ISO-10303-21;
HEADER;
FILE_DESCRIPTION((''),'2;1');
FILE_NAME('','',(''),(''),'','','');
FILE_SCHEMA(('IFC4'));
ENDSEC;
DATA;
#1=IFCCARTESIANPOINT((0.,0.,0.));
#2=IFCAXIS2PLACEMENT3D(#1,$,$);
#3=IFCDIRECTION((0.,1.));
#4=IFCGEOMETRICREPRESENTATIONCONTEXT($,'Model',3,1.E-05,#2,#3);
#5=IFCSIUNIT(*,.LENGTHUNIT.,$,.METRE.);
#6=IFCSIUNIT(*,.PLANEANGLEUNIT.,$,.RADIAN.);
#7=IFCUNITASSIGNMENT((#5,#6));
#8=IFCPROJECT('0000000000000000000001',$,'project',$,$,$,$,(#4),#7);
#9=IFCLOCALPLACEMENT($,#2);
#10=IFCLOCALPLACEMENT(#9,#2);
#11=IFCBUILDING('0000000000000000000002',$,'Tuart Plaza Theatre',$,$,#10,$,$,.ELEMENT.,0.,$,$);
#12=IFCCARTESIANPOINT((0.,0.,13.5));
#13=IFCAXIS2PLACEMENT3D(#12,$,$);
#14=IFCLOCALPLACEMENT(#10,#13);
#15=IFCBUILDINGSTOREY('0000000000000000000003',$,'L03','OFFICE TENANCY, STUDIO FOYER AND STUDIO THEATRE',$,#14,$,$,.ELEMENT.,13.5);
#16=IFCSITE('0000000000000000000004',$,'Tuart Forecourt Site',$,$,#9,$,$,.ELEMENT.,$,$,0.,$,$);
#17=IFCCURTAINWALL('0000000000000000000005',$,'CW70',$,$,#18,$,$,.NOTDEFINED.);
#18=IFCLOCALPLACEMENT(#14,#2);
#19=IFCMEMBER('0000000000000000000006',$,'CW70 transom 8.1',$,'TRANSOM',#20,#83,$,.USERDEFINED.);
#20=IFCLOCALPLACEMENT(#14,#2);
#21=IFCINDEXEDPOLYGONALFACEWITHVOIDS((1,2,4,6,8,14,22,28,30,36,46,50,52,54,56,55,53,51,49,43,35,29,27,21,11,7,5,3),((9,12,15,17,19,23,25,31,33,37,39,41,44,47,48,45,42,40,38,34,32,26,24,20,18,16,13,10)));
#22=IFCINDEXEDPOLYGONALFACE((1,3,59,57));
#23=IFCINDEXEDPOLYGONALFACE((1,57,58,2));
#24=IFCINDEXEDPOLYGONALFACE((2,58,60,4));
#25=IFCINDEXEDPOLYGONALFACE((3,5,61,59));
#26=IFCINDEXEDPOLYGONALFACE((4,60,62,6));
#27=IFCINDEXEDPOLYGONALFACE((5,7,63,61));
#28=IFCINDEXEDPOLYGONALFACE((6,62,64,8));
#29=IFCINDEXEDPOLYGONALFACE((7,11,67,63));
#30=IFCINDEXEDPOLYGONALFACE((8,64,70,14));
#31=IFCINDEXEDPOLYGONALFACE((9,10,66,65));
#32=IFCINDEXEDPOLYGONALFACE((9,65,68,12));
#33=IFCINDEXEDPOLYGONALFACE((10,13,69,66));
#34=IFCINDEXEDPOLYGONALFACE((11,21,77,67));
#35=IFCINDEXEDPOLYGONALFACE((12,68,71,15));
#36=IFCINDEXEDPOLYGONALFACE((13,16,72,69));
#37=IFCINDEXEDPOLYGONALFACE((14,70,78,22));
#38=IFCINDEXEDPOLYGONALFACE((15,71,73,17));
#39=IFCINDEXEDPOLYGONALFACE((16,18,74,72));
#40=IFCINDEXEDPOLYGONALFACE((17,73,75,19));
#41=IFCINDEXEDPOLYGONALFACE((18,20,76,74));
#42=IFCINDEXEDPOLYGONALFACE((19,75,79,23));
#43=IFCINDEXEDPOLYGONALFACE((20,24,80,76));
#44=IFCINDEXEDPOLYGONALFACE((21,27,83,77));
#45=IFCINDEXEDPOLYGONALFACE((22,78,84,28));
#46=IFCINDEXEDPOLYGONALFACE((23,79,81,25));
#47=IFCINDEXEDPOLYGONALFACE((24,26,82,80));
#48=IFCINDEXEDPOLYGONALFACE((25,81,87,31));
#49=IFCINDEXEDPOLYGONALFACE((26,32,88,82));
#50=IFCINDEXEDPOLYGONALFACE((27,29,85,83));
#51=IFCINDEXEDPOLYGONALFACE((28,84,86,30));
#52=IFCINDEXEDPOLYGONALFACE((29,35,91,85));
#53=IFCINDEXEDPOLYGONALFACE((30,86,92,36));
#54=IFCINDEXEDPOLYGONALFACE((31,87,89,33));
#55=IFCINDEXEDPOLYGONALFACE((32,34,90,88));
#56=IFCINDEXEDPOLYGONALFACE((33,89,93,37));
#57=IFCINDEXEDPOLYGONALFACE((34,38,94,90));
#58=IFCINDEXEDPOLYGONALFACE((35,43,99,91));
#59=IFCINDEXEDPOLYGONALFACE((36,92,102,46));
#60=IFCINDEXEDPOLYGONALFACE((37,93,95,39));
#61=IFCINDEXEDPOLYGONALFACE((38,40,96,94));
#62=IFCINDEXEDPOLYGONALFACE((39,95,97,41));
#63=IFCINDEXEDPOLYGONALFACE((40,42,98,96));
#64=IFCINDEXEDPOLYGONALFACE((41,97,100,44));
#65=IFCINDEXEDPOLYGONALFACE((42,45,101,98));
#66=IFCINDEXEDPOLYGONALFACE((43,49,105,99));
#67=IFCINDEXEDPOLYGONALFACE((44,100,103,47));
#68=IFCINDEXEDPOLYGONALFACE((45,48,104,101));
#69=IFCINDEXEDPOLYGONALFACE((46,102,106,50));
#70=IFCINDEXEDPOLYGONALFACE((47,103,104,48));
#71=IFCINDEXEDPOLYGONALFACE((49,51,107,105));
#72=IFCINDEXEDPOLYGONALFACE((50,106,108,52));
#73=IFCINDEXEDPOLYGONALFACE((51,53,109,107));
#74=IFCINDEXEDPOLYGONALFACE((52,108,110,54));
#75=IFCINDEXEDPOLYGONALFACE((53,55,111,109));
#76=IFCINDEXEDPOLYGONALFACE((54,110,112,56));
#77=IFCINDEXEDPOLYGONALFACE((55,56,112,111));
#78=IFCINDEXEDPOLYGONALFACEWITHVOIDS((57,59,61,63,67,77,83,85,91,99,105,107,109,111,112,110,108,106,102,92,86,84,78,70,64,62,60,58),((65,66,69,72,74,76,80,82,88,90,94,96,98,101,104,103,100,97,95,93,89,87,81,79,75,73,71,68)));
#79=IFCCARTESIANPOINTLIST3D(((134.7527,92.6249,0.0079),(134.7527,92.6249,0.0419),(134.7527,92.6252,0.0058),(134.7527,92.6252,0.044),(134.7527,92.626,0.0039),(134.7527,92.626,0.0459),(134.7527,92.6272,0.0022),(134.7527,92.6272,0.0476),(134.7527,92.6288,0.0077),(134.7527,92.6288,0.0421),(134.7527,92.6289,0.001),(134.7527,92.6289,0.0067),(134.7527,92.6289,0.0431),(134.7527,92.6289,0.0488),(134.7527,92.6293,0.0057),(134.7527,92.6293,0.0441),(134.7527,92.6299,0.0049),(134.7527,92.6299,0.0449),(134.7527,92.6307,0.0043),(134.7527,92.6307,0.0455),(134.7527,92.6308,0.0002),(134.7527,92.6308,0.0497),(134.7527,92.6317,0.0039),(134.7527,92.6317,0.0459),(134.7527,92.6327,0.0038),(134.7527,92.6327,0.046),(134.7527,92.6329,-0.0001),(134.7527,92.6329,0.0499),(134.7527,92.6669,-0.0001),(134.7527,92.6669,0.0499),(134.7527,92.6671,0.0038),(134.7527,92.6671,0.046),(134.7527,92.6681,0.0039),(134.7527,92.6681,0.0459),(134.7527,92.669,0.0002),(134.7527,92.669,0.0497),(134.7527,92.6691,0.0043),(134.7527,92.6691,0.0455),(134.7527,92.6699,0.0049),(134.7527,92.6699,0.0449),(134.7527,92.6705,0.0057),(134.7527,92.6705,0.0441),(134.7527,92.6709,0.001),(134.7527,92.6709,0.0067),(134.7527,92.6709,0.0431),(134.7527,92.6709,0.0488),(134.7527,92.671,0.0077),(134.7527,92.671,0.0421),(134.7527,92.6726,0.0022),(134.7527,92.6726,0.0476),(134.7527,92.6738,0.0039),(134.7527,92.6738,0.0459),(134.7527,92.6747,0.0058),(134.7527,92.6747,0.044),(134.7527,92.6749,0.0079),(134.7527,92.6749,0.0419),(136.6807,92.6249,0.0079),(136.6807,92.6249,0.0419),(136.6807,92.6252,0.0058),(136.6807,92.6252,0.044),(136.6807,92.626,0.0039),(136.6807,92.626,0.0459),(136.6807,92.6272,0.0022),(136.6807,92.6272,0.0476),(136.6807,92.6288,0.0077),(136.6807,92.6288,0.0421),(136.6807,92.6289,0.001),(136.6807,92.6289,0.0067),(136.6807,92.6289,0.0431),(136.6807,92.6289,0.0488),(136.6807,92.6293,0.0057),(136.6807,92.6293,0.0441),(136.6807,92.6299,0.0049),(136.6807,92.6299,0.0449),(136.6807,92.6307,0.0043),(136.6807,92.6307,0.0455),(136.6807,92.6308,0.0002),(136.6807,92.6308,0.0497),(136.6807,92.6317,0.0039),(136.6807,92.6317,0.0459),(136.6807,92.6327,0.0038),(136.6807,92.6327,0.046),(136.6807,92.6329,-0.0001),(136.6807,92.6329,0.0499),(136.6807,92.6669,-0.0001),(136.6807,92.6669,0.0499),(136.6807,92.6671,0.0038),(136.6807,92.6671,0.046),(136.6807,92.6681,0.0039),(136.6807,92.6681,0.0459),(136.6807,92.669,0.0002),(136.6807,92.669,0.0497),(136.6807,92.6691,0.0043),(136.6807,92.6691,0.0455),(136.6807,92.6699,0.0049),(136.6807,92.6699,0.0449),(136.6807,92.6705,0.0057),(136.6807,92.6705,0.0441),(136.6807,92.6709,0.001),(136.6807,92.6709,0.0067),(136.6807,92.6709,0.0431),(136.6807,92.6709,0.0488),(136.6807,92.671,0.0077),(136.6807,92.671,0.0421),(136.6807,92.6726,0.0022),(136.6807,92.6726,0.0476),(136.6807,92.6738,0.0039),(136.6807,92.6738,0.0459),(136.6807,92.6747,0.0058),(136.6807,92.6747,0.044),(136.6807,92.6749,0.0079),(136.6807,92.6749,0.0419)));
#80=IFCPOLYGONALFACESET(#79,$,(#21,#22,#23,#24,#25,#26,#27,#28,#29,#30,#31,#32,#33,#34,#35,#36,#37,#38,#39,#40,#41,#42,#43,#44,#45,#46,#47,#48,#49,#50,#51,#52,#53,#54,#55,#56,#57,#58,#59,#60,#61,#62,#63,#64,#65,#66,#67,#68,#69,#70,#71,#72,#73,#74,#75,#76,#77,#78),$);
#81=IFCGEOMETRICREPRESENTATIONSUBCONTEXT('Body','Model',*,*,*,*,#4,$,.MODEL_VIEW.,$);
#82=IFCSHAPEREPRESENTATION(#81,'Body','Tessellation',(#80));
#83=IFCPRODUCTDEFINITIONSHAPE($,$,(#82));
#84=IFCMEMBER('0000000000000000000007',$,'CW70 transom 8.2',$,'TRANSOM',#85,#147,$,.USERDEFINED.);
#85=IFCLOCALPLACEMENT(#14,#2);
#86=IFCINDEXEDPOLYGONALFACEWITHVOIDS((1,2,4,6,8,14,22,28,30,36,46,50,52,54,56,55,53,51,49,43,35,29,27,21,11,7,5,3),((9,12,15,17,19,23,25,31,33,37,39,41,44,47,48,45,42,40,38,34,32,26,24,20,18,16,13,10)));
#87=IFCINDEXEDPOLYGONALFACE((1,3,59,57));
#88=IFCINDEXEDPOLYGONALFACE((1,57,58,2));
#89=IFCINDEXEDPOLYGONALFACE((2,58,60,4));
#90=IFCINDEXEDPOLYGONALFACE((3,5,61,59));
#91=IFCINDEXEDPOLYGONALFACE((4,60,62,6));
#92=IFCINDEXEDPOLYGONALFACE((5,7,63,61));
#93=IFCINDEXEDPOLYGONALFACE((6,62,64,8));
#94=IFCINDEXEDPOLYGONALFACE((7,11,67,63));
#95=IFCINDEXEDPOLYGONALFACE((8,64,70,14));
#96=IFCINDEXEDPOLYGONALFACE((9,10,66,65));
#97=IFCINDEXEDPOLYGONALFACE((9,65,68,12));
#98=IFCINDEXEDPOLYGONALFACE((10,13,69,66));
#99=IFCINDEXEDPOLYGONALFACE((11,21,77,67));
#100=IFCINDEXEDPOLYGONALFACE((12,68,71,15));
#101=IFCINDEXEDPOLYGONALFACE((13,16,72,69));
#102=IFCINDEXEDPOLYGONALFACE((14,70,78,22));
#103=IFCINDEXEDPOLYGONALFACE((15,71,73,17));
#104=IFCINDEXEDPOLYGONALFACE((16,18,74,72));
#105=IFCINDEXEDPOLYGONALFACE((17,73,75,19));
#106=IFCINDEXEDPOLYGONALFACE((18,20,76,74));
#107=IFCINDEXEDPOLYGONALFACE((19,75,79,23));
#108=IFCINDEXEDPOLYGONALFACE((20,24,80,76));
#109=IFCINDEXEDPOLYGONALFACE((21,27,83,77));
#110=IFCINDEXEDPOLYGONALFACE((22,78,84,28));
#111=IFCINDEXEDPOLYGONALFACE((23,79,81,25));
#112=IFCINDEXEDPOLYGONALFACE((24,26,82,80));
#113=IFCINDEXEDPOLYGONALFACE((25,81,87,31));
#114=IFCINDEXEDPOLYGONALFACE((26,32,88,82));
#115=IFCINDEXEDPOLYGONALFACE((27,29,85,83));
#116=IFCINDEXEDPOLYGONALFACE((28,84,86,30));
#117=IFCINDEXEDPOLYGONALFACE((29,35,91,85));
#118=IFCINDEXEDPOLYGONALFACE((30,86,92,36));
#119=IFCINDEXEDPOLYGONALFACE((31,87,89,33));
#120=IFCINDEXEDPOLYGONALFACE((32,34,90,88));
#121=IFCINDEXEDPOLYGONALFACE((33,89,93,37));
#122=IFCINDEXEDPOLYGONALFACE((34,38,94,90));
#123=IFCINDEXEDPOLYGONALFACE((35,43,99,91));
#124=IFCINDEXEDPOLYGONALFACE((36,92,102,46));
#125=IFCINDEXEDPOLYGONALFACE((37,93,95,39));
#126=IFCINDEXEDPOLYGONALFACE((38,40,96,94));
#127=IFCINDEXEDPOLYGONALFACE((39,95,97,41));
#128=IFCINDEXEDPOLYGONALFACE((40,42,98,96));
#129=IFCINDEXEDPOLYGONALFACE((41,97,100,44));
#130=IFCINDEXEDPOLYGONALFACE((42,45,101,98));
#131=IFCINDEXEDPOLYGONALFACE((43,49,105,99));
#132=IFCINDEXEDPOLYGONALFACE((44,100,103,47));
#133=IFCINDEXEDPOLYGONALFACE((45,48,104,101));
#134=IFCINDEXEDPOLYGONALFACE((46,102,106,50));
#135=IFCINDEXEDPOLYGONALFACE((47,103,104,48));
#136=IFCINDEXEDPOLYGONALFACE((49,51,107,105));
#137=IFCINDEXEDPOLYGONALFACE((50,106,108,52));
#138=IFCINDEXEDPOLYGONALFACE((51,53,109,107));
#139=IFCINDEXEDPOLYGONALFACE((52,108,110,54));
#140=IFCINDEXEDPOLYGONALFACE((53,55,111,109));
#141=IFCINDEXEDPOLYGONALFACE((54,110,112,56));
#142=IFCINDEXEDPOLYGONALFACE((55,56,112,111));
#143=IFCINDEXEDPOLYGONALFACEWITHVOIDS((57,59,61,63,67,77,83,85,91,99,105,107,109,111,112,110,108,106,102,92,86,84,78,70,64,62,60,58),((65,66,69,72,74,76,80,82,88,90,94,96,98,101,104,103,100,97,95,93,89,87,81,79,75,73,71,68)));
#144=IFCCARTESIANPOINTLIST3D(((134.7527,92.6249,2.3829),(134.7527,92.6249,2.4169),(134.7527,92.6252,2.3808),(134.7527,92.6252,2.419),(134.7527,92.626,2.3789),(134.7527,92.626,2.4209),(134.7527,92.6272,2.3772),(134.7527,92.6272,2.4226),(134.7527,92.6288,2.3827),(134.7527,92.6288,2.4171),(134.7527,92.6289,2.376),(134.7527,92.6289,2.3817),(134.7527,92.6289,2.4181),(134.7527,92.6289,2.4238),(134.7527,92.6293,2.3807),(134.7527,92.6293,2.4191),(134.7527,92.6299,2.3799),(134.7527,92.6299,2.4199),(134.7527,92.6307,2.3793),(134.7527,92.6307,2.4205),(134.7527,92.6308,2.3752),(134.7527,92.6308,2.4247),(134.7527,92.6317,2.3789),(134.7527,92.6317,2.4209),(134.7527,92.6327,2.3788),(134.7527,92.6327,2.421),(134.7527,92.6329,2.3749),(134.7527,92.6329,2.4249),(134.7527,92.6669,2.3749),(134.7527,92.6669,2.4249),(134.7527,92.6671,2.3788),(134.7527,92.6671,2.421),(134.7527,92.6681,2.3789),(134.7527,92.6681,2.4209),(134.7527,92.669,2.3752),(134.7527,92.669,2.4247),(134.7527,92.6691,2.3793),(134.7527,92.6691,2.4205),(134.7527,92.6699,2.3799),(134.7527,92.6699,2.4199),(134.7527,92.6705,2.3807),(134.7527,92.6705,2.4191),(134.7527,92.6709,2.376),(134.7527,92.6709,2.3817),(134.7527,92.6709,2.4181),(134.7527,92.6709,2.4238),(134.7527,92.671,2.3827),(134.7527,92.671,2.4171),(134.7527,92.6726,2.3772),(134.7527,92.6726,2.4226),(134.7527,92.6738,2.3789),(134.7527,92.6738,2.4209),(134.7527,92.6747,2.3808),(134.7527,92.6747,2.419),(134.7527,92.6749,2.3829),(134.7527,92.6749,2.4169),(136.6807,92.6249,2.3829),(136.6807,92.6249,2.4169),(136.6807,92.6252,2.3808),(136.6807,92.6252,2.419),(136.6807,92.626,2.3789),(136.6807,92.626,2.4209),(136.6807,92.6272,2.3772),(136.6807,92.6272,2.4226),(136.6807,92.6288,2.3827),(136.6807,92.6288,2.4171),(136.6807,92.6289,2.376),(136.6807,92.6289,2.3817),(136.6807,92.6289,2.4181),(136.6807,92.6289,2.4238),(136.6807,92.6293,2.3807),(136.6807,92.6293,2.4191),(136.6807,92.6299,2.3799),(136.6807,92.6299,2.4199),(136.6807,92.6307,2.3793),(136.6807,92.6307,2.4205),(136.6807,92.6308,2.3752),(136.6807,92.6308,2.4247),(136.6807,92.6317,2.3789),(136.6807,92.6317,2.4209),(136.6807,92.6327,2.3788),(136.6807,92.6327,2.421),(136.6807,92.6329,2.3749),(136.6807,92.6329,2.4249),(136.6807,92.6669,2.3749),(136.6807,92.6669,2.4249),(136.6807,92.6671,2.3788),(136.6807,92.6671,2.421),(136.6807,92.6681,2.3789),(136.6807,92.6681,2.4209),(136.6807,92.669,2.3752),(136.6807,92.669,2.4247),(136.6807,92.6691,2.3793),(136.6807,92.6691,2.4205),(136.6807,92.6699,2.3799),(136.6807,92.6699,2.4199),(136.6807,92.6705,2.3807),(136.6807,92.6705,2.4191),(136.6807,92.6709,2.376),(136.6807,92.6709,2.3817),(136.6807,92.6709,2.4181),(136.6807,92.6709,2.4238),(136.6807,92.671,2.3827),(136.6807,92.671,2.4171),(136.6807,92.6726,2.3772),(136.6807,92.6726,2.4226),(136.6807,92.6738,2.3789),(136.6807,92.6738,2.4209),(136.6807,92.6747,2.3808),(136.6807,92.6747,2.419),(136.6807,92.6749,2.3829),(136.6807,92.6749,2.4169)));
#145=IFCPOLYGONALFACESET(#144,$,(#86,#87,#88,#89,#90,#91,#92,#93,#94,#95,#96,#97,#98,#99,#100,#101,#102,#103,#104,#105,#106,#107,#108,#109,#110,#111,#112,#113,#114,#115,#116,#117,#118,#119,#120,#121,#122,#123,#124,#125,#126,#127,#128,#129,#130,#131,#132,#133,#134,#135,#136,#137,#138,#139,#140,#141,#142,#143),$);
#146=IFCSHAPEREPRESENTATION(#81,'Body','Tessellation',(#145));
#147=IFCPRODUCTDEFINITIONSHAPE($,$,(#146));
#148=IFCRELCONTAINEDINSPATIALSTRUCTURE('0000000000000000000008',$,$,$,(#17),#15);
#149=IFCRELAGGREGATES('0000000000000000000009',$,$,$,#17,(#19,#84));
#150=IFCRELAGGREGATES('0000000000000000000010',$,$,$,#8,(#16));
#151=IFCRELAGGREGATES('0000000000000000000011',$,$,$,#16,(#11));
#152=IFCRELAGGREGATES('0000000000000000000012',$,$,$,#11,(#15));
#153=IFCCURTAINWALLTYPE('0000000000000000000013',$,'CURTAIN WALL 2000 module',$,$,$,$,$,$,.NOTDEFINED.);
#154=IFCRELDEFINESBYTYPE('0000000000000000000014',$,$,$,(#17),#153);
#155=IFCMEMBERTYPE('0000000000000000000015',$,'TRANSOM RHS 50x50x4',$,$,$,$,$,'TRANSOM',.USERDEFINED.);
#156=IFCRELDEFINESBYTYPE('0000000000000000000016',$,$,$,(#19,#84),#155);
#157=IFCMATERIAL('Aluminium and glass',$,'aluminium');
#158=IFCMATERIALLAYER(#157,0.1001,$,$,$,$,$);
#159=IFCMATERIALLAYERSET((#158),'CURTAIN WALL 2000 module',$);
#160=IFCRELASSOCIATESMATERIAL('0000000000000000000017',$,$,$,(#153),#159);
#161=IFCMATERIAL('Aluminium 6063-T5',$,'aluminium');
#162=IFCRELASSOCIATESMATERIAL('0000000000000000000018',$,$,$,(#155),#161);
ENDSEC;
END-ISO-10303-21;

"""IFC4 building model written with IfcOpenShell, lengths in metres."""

from ifc_helpers import new_model, si_unit, direction, frame, origin, origin_2d, place, context, subcontext, project, spatial, hollow_rectangle, extrude, material, layer, layer_set, material_profile, profile_set, type_object, element, aggregate, save


model = new_model("IFC4")

# Units and contexts
model_context = context("Model", 3, precision=1e-05, world=origin(), true_north=direction((0.0, 1.0)))
body_context = subcontext(model_context, "Body", "Model", "MODEL_VIEW")
ifc_project = project(units=[si_unit("LENGTHUNIT", "METRE"), si_unit("PLANEANGLEUNIT", "RADIAN")], contexts=[model_context])

# Site, building, storey
site_placement = place(None, origin())
site = spatial("IfcSite", under=ifc_project, at=site_placement, Name="Tuart Forecourt Site", CompositionType="ELEMENT", RefElevation=0.0)
building_placement = place(site_placement, origin())
building = spatial("IfcBuilding", under=site, at=building_placement, Name="Tuart Plaza Theatre", CompositionType="ELEMENT", ElevationOfRefHeight=0.0)
storey_placement = place(building_placement, frame((0.0, 0.0, 13.5)))
storey = spatial("IfcBuildingStorey", under=building, at=storey_placement, Name="L03", Description="OFFICE TENANCY, STUDIO FOYER AND STUDIO THEATRE", CompositionType="ELEMENT", Elevation=13.5)

# Curtain wall, members
ifc_material_1 = material(Name="Aluminium and glass", Category="aluminium")
ifc_layer_1 = layer(ifc_material_1, 0.1001)
ifc_layer_set_1 = layer_set([ifc_layer_1], Name="CURTAIN WALL 2000 module")
curtain_wall_type = type_object("IfcCurtainWallType", Name="CURTAIN WALL 2000 module", PredefinedType="NOTDEFINED", material=ifc_layer_set_1)
curtain_wall_placement = place(storey_placement, origin())
curtain_wall = element("IfcCurtainWall", 1, at=curtain_wall_placement, inside=storey, type_object=curtain_wall_type, Name="CW70", PredefinedType="NOTDEFINED")
ifc_material_2 = material(Name="Aluminium 6063-T5", Category="aluminium")
ifc_material_profile_1 = material_profile(ifc_material_2, hollow_rectangle(XDim=0.05, YDim=0.05, WallThickness=0.0039, InnerFilletRadius=0.0039, OuterFilletRadius=0.0081, at=origin_2d()), Name="RHS 50x50x4")
ifc_profile_set_1 = profile_set([ifc_material_profile_1], Name="Aluminium 6063-T5")
member_type_1 = type_object("IfcMemberType", Name="TRANSOM RHS 50x50x4", ElementType="TRANSOM", PredefinedType="USERDEFINED", material=ifc_profile_set_1)
member_1_placement = place(storey_placement, frame((136.6807, 92.6499, 0.0249), z_axis=(-1.0, 0.0, 0.0), x_axis=(0.0, -1.0, 0.0)))
member_1 = element("IfcMember", 2, at=member_1_placement, type_object=member_type_1, Name="CW70 transom 8.1", ObjectType="TRANSOM", PredefinedType="USERDEFINED", context=body_context, shape_type="SweptSolid", body=[
    extrude(hollow_rectangle(XDim=0.05, YDim=0.05, WallThickness=0.0039, InnerFilletRadius=0.0039, OuterFilletRadius=0.0081, at=origin_2d()), origin(), (0.0, 0.0, 1.0), 1.928),
])
member_2_placement = place(storey_placement, frame((136.6807, 92.6499, 2.3999), z_axis=(-1.0, 0.0, 0.0), x_axis=(0.0, -1.0, 0.0)))
member_2 = element("IfcMember", 3, at=member_2_placement, type_object=member_type_1, Name="CW70 transom 8.2", ObjectType="TRANSOM", PredefinedType="USERDEFINED", context=body_context, shape_type="SweptSolid", body=[
    extrude(hollow_rectangle(XDim=0.05, YDim=0.05, WallThickness=0.0039, InnerFilletRadius=0.0039, OuterFilletRadius=0.0081, at=origin_2d()), origin(), (0.0, 0.0, 1.0), 1.928),
])
aggregate(curtain_wall, [member_1, member_2])

save(model, "model.ifc")
